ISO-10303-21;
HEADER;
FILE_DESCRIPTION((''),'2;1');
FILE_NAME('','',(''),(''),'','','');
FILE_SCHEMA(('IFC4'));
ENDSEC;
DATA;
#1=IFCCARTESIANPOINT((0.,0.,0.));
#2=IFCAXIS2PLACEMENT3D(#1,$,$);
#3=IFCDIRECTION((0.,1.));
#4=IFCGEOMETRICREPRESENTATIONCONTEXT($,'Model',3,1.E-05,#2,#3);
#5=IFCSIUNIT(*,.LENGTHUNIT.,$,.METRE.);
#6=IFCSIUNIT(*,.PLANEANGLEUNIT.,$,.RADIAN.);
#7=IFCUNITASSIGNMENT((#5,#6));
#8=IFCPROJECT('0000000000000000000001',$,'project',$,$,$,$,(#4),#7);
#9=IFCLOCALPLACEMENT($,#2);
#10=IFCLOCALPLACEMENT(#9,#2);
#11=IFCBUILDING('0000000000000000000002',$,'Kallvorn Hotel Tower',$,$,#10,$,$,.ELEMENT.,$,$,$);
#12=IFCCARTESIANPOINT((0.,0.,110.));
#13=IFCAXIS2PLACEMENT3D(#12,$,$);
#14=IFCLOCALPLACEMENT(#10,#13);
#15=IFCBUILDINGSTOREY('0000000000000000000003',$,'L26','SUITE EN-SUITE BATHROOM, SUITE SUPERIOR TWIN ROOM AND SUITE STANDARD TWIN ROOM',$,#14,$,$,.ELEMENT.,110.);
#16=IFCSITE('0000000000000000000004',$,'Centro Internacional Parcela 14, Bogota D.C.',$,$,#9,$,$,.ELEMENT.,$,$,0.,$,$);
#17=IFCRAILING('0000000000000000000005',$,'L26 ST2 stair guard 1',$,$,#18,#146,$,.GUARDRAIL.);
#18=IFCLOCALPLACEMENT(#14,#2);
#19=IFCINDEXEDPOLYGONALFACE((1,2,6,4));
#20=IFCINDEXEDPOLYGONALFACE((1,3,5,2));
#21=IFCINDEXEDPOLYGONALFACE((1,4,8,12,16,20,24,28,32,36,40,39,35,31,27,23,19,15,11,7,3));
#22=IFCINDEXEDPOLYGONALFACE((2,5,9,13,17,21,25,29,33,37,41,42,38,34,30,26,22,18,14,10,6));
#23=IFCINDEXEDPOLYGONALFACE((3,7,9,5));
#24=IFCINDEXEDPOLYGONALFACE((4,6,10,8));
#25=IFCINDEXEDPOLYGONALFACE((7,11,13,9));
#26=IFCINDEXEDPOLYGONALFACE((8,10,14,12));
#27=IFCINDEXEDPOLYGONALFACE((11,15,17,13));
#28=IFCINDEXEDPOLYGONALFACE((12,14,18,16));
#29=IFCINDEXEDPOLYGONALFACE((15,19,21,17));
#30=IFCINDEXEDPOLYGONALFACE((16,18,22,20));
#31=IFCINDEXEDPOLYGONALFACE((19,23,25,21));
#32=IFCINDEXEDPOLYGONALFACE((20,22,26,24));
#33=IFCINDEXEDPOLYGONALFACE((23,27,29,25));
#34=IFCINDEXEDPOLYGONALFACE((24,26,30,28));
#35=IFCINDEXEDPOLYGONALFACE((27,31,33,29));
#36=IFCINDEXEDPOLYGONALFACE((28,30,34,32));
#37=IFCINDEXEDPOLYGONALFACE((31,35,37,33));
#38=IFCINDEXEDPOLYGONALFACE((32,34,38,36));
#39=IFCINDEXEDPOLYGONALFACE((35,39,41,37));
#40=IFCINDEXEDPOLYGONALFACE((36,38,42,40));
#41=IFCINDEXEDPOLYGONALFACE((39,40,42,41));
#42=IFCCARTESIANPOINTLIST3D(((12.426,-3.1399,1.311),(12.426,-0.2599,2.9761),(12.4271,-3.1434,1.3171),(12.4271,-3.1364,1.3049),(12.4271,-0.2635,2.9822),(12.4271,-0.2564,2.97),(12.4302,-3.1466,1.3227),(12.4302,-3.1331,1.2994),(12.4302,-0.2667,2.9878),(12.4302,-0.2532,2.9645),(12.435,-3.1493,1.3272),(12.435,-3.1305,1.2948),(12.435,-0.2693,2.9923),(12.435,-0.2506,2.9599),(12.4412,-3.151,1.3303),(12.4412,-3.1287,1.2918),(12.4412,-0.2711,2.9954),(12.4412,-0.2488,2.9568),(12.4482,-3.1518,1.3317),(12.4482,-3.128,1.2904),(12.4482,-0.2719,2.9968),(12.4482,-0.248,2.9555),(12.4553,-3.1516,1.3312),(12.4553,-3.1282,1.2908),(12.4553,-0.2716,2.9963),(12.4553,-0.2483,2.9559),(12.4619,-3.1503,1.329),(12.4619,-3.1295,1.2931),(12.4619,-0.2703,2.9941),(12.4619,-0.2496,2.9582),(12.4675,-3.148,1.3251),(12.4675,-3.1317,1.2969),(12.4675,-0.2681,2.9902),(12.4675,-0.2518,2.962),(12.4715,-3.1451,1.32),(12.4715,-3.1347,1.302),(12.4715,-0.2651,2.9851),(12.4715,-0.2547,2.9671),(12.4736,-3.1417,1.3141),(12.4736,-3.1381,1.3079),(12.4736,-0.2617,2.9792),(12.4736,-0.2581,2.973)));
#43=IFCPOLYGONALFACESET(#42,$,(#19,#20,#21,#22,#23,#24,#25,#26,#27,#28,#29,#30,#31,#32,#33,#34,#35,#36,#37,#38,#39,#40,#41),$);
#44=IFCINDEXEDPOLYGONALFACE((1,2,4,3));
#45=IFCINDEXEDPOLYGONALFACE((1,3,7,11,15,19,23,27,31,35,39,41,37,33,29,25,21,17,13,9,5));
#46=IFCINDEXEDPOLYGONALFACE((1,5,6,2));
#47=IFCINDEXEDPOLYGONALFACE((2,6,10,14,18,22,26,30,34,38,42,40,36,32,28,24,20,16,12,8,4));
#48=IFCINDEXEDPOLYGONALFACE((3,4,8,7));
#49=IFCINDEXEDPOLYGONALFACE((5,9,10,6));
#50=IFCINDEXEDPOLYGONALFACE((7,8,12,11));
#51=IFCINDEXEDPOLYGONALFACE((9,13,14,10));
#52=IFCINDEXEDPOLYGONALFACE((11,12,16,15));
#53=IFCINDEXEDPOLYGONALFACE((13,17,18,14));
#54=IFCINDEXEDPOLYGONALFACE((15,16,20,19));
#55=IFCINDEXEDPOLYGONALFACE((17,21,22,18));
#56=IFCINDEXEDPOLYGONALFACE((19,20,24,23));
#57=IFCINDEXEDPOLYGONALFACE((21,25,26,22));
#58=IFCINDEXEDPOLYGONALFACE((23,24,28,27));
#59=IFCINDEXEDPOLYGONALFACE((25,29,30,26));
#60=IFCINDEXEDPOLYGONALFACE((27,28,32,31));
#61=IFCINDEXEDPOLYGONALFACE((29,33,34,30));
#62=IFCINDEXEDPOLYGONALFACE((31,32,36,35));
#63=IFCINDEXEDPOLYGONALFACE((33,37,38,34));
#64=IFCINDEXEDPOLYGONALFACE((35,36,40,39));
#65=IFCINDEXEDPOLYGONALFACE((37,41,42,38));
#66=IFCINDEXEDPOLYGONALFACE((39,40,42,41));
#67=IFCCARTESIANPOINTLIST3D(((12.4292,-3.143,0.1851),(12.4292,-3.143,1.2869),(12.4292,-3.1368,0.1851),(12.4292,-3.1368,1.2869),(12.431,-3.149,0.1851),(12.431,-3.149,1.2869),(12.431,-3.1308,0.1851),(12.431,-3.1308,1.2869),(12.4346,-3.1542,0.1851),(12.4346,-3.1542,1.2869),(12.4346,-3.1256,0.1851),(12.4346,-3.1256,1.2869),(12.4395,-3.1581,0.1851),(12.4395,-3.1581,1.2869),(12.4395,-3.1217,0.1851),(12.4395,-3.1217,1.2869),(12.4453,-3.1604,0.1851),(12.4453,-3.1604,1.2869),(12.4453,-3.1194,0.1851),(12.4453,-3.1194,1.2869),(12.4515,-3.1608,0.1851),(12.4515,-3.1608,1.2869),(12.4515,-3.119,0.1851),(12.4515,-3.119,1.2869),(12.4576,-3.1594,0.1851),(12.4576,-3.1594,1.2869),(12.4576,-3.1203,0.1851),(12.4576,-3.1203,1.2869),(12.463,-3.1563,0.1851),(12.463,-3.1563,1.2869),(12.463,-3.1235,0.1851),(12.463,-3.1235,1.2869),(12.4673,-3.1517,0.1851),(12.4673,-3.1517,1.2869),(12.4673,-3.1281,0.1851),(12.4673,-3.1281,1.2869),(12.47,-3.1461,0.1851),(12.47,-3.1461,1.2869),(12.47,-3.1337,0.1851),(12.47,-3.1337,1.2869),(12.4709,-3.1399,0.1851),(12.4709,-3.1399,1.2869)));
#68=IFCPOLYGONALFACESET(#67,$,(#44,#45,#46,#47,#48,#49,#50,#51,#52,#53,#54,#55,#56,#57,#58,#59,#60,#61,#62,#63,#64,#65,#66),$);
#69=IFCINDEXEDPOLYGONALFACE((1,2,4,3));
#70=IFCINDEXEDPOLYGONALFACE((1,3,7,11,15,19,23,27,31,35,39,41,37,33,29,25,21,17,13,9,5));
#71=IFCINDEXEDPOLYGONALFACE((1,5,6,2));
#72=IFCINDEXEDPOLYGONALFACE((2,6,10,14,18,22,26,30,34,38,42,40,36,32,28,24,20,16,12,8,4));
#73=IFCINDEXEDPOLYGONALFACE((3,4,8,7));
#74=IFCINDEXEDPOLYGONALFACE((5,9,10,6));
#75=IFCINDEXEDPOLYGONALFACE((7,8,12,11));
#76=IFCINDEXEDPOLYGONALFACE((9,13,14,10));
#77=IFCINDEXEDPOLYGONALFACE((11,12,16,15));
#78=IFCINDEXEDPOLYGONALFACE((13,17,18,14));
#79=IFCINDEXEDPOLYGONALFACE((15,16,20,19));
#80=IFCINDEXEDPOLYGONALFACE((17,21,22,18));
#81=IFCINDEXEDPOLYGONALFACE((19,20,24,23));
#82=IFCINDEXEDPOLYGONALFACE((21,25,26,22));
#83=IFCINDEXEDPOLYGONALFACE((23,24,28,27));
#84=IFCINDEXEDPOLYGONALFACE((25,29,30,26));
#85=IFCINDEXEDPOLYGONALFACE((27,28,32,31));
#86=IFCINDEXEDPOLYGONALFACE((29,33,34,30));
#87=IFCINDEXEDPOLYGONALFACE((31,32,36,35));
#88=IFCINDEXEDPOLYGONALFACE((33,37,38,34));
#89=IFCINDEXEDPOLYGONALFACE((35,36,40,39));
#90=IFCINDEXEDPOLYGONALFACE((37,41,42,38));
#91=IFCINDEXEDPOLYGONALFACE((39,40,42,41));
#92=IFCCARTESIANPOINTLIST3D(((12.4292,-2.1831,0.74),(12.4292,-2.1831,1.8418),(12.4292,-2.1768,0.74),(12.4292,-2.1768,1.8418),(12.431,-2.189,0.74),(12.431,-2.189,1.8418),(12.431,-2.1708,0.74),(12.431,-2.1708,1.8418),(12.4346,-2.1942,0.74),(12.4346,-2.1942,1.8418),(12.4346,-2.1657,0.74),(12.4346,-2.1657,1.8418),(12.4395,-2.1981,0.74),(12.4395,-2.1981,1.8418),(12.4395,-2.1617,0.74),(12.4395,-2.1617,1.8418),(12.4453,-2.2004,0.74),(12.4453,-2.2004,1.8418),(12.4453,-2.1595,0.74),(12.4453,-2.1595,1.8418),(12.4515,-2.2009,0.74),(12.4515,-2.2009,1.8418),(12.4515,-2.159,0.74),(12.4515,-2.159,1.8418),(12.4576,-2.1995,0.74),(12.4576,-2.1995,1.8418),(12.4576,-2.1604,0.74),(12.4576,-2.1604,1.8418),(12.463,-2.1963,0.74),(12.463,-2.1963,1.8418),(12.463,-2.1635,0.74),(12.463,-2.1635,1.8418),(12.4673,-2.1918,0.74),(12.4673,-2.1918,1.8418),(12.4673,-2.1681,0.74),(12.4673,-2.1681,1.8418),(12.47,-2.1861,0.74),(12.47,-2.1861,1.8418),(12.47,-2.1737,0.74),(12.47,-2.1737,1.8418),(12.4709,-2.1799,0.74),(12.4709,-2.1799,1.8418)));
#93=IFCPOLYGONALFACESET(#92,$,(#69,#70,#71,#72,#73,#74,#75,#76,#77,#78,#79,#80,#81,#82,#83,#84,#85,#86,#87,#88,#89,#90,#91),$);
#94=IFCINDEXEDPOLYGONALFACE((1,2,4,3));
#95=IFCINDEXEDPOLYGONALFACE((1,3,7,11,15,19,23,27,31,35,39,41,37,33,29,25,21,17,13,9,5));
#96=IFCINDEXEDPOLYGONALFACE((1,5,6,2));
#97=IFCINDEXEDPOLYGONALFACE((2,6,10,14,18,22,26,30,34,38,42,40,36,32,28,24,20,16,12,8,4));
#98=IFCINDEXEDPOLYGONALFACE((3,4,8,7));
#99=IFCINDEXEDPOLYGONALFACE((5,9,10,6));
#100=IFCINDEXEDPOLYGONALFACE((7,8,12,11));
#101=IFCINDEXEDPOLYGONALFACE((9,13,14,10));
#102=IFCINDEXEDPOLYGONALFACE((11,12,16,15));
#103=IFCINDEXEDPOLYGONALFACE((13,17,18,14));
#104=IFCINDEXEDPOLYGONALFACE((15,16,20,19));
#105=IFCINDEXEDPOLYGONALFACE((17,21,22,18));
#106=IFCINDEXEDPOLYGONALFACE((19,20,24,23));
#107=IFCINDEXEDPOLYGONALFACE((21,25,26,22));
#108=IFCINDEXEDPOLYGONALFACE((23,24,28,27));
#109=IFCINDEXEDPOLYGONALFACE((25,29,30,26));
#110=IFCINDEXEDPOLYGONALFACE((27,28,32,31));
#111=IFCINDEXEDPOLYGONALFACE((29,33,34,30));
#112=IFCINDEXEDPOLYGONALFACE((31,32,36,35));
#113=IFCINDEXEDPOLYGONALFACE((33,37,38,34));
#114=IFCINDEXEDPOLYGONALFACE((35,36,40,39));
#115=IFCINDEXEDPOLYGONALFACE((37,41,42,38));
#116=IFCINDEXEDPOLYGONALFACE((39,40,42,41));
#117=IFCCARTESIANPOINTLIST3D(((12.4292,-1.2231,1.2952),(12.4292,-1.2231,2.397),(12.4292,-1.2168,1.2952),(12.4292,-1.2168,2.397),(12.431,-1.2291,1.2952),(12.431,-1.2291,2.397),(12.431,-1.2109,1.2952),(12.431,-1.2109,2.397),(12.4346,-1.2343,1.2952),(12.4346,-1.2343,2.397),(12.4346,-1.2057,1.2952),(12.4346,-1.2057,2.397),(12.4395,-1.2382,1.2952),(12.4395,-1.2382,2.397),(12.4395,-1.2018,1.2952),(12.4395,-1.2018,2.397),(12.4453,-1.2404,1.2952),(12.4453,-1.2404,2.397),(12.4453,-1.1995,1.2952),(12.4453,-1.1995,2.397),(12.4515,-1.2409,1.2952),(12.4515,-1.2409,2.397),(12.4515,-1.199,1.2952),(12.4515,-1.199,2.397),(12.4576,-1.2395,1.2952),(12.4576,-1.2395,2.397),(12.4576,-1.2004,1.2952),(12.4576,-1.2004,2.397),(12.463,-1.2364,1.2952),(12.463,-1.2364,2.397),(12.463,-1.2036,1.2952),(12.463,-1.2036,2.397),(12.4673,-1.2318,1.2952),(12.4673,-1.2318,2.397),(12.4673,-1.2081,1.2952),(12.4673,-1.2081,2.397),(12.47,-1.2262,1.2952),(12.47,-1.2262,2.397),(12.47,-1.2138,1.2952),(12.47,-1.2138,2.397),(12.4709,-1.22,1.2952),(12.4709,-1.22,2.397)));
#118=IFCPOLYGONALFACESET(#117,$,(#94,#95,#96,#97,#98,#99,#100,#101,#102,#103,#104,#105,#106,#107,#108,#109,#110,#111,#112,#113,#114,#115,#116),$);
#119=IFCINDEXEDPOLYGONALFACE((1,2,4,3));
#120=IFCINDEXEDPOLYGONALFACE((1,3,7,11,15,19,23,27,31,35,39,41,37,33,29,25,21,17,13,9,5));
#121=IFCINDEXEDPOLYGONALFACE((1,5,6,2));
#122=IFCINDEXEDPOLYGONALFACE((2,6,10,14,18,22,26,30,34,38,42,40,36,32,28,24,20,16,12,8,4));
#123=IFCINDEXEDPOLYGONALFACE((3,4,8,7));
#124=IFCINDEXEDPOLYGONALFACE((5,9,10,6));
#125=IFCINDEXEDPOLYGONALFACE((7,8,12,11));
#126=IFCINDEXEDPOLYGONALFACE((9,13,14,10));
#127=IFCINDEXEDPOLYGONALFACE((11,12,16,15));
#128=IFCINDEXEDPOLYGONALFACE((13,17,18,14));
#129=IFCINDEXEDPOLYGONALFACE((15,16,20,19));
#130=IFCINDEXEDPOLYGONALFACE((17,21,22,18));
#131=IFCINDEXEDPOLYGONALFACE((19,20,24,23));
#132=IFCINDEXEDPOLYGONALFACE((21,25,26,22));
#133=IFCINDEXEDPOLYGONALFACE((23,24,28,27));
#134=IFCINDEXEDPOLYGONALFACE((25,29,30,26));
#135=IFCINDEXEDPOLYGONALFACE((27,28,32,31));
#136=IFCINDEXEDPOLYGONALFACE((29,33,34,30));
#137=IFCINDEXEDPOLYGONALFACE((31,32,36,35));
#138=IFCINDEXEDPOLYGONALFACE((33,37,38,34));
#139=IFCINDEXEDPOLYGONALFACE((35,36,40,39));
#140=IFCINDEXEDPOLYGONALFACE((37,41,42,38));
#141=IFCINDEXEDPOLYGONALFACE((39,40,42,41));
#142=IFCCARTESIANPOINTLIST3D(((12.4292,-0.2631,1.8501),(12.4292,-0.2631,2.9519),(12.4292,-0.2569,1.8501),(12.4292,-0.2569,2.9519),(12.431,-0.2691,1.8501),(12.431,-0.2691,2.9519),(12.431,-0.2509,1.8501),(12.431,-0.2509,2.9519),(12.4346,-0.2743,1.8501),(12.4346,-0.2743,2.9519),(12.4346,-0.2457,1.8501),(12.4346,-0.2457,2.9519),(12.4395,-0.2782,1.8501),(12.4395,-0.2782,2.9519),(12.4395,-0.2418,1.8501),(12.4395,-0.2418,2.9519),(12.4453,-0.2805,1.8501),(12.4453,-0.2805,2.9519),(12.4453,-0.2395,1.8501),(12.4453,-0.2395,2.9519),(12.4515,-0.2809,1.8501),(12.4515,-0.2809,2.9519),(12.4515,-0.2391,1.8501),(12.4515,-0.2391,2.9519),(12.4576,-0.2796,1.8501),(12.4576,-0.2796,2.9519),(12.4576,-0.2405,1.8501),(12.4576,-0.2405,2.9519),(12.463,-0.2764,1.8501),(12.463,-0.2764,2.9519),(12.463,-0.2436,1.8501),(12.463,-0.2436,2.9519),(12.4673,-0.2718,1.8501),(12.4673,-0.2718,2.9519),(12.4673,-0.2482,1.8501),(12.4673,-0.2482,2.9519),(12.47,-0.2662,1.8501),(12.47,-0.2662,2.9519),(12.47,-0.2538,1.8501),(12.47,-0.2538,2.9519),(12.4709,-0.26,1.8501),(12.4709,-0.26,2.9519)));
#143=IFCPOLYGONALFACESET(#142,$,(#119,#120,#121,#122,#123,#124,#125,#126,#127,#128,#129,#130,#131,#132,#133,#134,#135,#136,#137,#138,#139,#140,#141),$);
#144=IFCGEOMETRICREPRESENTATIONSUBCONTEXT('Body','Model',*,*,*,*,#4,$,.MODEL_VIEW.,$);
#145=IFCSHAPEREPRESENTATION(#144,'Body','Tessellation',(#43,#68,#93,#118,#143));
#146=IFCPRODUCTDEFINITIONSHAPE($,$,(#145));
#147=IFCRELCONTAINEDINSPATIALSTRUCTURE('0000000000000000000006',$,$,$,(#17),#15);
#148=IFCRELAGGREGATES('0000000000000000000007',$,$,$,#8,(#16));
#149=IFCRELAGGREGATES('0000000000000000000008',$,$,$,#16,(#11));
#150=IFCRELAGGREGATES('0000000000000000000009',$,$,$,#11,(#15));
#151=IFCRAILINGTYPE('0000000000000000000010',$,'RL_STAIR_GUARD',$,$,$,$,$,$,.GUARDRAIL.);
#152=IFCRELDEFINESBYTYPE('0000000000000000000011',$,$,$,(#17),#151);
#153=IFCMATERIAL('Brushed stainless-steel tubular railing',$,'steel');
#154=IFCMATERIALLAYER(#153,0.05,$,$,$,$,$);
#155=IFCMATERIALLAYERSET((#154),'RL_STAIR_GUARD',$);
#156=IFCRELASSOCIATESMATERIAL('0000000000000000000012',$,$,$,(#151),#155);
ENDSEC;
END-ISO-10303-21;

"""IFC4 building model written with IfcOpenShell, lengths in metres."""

from ifc_helpers import new_model, si_unit, direction, frame, origin, origin_2d, place, context, subcontext, project, spatial, circle, extrude, material, layer, layer_set, type_object, element, save


model = new_model("IFC4")

# Units and contexts
model_context = context("Model", 3, precision=1e-05, world=origin(), true_north=direction((0.0, 1.0)))
body_context = subcontext(model_context, "Body", "Model", "MODEL_VIEW")
ifc_project = project(units=[si_unit("LENGTHUNIT", "METRE"), si_unit("PLANEANGLEUNIT", "RADIAN")], contexts=[model_context])

# Site, building, storey
site_placement = place(None, origin())
site = spatial("IfcSite", under=ifc_project, at=site_placement, Name="Centro Internacional Parcela 14, Bogota D.C.", CompositionType="ELEMENT", RefElevation=0.0)
building_placement = place(site_placement, origin())
building = spatial("IfcBuilding", under=site, at=building_placement, Name="Kallvorn Hotel Tower", CompositionType="ELEMENT")
storey_placement = place(building_placement, frame((0.0, 0.0, 110.0)))
storey = spatial("IfcBuildingStorey", under=building, at=storey_placement, Name="L26", Description="SUITE EN-SUITE BATHROOM, SUITE SUPERIOR TWIN ROOM AND SUITE STANDARD TWIN ROOM", CompositionType="ELEMENT", Elevation=110.0)

# Railing
ifc_material_1 = material(Name="Brushed stainless-steel tubular railing", Category="steel")
ifc_layer_1 = layer(ifc_material_1, 0.05)
ifc_layer_set_1 = layer_set([ifc_layer_1], Name="RL_STAIR_GUARD")
railing_type_1 = type_object("IfcRailingType", Name="RL_STAIR_GUARD", PredefinedType="GUARDRAIL", material=ifc_layer_set_1)
railing_1_placement = place(storey_placement, frame((12.45, -3.1399, 0.1851)))
element("IfcRailing", 1, at=railing_1_placement, inside=storey, type_object=railing_type_1, Name="L26 ST2 stair guard 1", PredefinedType="GUARDRAIL", context=body_context, shape_type="SweptSolid", body=[
    extrude(circle(Radius=0.0239, at=origin_2d()), frame((0.0, 0.0, 1.126), z_axis=(0.0, 0.865721, 0.500527), x_axis=(-1.0, 0.0, 0.0)), (0.0, 0.0, 1.0), 3.3267),
    extrude(circle(Radius=0.021, at=origin_2d()), origin(), (0.0, 0.0, 1.0), 1.1018),
    extrude(circle(Radius=0.021, at=origin_2d()), frame((0.0, 0.96, 0.5549)), (0.0, 0.0, 1.0), 1.1018),
    extrude(circle(Radius=0.021, at=origin_2d()), frame((0.0, 1.9199, 1.1101)), (0.0, 0.0, 1.0), 1.1018),
    extrude(circle(Radius=0.021, at=origin_2d()), frame((0.0, 2.8799, 1.665)), (0.0, 0.0, 1.0), 1.1018),
])

save(model, "model.ifc")
